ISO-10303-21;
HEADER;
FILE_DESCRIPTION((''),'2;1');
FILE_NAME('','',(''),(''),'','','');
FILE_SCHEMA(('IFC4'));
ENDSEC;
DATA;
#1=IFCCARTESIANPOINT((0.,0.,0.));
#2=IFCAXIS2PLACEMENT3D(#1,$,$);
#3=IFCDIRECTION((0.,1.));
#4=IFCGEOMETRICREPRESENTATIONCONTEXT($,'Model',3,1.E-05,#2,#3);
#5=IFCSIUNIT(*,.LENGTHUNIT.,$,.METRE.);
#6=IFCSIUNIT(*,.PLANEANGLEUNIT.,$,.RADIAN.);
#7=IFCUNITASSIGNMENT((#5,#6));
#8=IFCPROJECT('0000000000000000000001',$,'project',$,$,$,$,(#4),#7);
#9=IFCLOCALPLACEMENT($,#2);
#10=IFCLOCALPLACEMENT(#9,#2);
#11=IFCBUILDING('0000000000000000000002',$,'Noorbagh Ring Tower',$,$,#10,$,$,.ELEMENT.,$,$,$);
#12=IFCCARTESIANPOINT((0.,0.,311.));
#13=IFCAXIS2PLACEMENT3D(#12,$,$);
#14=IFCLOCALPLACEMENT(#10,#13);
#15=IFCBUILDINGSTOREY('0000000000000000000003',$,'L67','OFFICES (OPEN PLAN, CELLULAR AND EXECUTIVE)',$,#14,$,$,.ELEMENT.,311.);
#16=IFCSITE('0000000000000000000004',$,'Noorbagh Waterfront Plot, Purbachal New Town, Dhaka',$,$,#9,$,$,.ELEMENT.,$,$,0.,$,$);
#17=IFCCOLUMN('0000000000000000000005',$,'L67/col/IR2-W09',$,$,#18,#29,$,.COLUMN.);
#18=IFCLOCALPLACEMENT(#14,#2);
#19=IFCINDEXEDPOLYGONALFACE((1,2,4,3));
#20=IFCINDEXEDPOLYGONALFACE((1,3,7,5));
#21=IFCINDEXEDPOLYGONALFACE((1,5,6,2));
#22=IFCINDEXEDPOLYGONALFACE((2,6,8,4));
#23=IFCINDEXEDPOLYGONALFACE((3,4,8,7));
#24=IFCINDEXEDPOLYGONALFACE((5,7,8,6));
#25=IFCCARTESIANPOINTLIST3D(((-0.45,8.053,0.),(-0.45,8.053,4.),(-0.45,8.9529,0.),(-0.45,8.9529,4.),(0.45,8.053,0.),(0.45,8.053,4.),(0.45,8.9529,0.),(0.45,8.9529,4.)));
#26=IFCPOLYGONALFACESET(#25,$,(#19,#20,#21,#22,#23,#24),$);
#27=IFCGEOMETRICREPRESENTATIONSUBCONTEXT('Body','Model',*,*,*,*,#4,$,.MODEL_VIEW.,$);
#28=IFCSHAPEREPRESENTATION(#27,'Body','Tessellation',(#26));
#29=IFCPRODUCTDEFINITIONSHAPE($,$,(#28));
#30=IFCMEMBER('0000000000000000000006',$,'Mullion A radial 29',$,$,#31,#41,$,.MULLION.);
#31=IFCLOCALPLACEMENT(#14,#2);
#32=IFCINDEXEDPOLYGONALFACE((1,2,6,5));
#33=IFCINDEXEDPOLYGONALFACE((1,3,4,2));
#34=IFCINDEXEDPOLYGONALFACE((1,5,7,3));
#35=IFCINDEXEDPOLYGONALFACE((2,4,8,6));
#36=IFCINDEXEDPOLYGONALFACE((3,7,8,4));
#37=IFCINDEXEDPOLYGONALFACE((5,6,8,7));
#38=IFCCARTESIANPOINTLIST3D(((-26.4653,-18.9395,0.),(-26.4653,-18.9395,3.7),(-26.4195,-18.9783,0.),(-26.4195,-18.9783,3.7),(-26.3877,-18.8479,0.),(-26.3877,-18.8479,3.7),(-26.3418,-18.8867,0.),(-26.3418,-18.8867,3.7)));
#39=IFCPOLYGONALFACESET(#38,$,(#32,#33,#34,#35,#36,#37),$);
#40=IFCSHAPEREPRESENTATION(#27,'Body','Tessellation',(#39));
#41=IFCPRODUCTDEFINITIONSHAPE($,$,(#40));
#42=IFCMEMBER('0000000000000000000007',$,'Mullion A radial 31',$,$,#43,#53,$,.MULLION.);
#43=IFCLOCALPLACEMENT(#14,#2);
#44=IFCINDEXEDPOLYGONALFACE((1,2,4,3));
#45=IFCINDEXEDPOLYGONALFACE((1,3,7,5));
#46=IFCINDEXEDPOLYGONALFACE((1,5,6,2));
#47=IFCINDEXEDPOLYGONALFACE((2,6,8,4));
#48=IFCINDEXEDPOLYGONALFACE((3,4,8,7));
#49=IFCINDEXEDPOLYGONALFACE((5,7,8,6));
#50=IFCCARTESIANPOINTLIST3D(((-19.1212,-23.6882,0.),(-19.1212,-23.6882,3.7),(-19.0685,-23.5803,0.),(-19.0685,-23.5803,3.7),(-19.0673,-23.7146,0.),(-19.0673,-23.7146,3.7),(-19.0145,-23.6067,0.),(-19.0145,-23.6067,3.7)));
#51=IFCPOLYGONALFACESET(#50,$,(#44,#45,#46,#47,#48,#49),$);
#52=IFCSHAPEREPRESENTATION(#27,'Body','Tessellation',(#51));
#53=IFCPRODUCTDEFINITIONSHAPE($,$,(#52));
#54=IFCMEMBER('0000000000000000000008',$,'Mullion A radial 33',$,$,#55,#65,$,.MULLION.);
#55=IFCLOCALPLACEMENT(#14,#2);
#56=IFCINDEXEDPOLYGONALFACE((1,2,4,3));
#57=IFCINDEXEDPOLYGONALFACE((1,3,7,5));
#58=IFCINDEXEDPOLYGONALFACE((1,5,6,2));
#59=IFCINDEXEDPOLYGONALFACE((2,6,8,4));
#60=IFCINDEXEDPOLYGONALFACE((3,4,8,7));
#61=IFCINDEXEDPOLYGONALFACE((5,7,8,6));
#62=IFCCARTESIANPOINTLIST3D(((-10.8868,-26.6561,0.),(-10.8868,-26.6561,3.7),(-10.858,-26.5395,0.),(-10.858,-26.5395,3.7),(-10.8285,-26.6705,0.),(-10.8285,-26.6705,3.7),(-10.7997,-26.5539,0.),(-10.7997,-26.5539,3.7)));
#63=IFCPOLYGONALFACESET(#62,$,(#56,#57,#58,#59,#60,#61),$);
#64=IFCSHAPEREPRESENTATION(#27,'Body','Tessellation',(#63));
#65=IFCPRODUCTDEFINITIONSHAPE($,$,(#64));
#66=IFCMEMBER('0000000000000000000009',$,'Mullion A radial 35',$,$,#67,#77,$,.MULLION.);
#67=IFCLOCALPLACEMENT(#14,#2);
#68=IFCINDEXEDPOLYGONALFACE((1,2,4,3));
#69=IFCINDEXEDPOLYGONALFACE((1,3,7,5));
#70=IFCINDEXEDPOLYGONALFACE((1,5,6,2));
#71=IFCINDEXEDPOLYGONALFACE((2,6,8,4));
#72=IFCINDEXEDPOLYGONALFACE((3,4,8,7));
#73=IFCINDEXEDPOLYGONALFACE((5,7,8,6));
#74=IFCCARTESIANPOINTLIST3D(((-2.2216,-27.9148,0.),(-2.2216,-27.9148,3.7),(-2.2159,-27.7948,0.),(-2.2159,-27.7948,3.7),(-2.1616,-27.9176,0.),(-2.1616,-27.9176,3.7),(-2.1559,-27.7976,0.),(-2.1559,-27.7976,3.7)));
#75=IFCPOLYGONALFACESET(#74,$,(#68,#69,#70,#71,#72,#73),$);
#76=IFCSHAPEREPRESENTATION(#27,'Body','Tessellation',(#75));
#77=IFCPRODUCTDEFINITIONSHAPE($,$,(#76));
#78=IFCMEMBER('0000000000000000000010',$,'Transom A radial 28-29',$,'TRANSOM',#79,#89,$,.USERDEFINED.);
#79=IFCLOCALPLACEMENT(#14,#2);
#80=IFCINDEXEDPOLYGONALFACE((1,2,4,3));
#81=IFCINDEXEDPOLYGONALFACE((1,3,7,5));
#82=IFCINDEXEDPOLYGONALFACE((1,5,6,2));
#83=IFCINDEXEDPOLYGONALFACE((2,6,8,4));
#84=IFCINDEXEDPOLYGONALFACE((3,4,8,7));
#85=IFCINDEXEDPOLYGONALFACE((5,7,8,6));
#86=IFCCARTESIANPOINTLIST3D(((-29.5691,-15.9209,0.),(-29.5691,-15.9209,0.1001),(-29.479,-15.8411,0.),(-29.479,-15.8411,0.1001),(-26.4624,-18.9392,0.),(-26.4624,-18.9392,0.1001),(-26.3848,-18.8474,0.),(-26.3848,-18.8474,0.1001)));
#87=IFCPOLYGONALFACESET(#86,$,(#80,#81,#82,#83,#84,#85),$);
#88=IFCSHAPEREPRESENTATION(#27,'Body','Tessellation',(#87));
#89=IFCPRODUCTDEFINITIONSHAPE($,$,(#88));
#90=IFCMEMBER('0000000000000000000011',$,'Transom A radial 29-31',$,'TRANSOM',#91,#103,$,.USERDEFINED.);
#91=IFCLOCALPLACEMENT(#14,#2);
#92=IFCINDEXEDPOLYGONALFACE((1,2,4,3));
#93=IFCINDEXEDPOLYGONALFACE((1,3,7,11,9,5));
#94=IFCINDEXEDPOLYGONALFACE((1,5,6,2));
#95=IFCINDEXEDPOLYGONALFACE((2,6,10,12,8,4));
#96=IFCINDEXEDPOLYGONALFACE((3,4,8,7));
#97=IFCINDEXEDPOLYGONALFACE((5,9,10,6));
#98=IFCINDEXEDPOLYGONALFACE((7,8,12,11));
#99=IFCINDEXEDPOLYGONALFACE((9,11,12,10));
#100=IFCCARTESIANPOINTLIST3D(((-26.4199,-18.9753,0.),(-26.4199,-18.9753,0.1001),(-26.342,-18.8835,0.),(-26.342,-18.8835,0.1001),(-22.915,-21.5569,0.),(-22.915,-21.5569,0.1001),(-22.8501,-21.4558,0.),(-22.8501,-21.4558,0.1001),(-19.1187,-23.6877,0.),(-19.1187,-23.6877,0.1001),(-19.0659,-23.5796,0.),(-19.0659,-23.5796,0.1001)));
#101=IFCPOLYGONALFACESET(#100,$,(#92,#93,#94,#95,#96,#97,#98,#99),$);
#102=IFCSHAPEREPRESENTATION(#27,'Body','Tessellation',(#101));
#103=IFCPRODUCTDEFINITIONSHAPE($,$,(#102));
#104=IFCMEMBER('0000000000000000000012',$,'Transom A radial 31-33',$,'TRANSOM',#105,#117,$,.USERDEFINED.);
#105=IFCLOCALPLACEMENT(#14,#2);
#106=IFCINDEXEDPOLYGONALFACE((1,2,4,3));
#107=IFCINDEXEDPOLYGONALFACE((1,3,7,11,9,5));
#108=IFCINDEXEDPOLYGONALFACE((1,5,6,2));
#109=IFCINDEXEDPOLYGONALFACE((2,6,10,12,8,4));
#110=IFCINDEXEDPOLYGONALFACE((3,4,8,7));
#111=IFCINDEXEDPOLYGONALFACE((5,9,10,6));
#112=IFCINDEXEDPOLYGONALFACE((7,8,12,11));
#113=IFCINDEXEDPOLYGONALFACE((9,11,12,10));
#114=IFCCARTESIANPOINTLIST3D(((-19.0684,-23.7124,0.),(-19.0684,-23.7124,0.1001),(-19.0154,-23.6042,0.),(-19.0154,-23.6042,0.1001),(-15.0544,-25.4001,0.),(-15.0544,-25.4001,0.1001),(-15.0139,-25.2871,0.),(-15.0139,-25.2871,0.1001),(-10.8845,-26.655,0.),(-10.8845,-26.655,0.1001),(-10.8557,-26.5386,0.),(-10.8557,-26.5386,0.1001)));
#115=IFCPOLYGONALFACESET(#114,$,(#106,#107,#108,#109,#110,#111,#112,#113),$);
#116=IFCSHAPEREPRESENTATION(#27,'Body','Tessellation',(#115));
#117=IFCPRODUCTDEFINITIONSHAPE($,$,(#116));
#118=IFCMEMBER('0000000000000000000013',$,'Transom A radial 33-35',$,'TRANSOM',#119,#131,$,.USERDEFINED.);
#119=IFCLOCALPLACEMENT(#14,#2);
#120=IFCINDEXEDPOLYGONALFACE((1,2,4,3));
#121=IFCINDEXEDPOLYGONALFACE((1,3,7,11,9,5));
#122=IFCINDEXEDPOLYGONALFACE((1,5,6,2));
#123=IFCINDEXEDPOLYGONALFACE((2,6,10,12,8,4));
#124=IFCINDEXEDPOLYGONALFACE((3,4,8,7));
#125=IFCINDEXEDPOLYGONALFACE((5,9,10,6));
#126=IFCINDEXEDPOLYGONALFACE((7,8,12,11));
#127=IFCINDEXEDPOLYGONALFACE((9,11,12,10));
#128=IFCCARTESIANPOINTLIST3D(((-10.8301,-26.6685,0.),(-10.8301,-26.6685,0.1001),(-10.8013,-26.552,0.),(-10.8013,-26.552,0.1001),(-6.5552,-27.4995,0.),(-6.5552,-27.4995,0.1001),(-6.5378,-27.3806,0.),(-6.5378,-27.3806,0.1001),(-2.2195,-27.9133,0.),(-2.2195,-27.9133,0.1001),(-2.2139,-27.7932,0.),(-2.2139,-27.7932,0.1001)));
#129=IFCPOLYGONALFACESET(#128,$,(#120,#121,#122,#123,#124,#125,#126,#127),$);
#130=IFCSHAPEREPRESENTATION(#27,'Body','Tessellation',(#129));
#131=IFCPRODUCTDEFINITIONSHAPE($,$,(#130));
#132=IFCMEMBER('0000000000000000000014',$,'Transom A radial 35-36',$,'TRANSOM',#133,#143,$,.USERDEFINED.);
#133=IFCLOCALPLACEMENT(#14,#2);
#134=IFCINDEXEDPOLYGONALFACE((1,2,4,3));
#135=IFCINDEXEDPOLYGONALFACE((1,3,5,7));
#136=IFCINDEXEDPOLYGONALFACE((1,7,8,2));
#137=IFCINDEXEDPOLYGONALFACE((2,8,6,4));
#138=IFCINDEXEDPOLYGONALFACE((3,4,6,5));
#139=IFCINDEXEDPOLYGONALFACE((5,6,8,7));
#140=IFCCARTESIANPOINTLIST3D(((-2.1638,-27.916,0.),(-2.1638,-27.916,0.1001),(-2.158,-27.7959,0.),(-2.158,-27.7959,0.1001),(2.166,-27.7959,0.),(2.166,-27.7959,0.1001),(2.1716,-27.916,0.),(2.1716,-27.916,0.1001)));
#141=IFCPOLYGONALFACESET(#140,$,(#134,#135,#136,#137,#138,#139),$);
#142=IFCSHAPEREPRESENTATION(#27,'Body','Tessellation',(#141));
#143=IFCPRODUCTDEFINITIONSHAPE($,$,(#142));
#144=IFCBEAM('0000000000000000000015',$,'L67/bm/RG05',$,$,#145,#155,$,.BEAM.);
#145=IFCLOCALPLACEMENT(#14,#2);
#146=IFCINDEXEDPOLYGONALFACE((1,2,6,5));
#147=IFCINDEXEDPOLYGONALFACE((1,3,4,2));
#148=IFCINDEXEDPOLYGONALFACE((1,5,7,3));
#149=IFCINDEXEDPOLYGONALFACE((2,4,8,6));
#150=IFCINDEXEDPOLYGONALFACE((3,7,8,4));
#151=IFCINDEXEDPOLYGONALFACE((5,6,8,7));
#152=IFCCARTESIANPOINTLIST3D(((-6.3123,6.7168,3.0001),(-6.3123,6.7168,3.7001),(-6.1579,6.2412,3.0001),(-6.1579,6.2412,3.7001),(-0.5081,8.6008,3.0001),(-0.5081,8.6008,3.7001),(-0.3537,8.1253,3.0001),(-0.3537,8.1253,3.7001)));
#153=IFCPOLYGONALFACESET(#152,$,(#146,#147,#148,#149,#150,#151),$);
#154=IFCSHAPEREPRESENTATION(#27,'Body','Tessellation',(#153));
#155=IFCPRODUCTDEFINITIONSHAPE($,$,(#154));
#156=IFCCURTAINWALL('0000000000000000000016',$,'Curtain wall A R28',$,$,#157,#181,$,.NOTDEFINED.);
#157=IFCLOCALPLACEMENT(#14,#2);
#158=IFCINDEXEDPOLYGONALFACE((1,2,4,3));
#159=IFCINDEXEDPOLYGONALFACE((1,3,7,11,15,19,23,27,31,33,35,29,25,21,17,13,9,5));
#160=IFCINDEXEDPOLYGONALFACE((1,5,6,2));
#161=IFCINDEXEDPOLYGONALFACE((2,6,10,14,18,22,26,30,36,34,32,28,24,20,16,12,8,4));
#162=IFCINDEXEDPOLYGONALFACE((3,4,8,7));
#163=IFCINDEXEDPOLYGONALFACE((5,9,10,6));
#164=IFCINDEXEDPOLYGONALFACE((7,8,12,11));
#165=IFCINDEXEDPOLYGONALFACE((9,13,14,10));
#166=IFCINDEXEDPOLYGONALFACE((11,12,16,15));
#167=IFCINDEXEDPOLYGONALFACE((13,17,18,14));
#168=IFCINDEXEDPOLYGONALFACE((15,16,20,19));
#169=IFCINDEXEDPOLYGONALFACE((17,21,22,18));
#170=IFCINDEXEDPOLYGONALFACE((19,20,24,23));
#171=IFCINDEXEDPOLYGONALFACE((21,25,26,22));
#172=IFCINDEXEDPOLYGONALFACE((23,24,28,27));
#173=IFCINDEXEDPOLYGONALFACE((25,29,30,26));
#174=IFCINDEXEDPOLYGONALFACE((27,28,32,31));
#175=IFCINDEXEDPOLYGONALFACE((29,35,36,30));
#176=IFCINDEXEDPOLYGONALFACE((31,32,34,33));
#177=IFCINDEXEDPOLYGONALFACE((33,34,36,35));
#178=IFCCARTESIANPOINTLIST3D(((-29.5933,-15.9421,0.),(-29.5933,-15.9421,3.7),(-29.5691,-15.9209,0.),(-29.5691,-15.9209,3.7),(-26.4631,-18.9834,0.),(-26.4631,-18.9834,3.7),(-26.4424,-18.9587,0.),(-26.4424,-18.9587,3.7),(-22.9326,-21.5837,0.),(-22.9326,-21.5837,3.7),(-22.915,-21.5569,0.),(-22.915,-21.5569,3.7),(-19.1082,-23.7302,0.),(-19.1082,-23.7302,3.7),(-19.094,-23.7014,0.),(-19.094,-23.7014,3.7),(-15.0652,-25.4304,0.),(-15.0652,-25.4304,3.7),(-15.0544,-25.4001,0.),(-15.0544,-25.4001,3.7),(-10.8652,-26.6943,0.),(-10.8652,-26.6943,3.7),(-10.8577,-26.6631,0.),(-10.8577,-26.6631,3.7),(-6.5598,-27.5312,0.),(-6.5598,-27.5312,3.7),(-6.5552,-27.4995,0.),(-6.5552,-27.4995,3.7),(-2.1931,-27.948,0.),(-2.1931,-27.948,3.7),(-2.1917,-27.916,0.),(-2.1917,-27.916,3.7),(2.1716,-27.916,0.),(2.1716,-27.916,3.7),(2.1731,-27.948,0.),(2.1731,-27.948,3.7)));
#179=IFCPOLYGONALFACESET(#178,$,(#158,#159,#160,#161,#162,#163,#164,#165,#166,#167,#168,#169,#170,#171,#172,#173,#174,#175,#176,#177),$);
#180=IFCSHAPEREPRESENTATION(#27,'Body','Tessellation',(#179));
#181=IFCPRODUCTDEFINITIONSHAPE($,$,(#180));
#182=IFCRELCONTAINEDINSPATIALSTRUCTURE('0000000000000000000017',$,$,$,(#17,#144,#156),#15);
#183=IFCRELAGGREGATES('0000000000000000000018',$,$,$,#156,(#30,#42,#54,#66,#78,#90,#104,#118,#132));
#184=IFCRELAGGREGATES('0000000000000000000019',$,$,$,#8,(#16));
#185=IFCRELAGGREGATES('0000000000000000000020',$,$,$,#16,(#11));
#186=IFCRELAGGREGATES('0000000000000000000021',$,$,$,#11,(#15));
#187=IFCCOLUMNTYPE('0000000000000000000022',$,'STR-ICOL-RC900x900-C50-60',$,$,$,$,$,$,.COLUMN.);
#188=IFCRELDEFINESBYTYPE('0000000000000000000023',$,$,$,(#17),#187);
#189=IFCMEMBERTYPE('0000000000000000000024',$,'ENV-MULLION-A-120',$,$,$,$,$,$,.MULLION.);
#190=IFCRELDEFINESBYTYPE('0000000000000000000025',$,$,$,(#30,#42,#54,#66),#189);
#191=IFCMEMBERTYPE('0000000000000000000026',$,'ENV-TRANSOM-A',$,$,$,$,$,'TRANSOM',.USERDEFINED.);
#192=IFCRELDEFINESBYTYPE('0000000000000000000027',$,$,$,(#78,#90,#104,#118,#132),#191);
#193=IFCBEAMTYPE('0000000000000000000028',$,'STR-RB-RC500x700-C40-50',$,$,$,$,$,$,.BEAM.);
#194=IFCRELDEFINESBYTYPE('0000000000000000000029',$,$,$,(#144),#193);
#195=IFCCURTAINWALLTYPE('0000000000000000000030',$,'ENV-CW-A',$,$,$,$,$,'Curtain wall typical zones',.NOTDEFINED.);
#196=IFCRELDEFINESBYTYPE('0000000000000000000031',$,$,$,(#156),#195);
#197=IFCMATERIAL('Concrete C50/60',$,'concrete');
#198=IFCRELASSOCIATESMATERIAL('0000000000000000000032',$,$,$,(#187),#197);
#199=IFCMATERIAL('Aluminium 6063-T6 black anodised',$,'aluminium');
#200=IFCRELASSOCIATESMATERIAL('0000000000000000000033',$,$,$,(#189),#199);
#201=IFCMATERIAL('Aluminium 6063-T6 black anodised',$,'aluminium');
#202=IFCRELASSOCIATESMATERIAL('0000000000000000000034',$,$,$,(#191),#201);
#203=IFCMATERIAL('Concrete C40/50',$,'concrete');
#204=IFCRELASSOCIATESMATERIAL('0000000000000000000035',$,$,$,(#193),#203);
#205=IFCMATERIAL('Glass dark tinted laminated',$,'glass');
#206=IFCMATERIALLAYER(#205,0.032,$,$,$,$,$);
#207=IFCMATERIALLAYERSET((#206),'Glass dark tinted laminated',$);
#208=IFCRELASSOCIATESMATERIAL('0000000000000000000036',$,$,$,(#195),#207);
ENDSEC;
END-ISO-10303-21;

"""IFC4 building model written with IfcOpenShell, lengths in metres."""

from ifc_helpers import new_model, si_unit, direction, frame, origin, origin_2d, place, context, subcontext, project, spatial, polyline, rectangle, outline, extrude, material, layer, layer_set, material_profile, profile_set, type_object, element, aggregate, save


model = new_model("IFC4")

# Units and contexts
model_context = context("Model", 3, precision=1e-05, world=origin(), true_north=direction((0.0, 1.0)))
body_context = subcontext(model_context, "Body", "Model", "MODEL_VIEW")
ifc_project = project(units=[si_unit("LENGTHUNIT", "METRE"), si_unit("PLANEANGLEUNIT", "RADIAN")], contexts=[model_context])

# Site, building, storey
site_placement = place(None, origin())
site = spatial("IfcSite", under=ifc_project, at=site_placement, Name="Noorbagh Waterfront Plot, Purbachal New Town, Dhaka", CompositionType="ELEMENT", RefElevation=0.0)
building_placement = place(site_placement, origin())
building = spatial("IfcBuilding", under=site, at=building_placement, Name="Noorbagh Ring Tower", CompositionType="ELEMENT")
storey_placement = place(building_placement, frame((0.0, 0.0, 311.0)))
storey = spatial("IfcBuildingStorey", under=building, at=storey_placement, Name="L67", Description="OFFICES (OPEN PLAN, CELLULAR AND EXECUTIVE)", CompositionType="ELEMENT", Elevation=311.0)

# Column
ifc_material_1 = material(Name="Concrete C50/60", Category="concrete")
ifc_material_profile_1 = material_profile(ifc_material_1, rectangle(XDim=0.8999, YDim=0.8999, at=origin_2d()), Name="RC900x900")
ifc_profile_set_1 = profile_set([ifc_material_profile_1], Name="Concrete C50/60")
column_type = type_object("IfcColumnType", Name="STR-ICOL-RC900x900-C50-60", PredefinedType="COLUMN", material=ifc_profile_set_1)
column_placement = place(storey_placement, frame((0.0, 8.5029, 0.0), z_axis=(0.0, 0.0, 1.0), x_axis=(-1.0, 0.0, 0.0)))
element("IfcColumn", 1, at=column_placement, inside=storey, type_object=column_type, Name="L67/col/IR2-W09", PredefinedType="COLUMN", context=body_context, shape_type="SweptSolid", body=[
    extrude(rectangle(XDim=0.8999, YDim=0.8999, at=origin_2d()), origin(), (0.0, 0.0, 1.0), 4.0),
])

# Members
ifc_material_2 = material(Name="Aluminium 6063-T6 black anodised", Category="aluminium")
ifc_material_profile_2 = material_profile(ifc_material_2, rectangle(XDim=0.1201, YDim=0.0601, at=origin_2d()), Name="120x60")
ifc_profile_set_2 = profile_set([ifc_material_profile_2], Name="Aluminium 6063-T6 black anodised")
member_type_1 = type_object("IfcMemberType", Name="ENV-MULLION-A-120", PredefinedType="MULLION", material=ifc_profile_set_2)
member_1_placement = place(storey_placement, frame((-26.4036, -18.9131, 0.0), z_axis=(0.0, 0.0, 1.0), x_axis=(0.646451, 0.762955, 0.0)))
member_1 = element("IfcMember", 2, at=member_1_placement, type_object=member_type_1, Name="Mullion A radial 29", PredefinedType="MULLION", context=body_context, shape_type="SweptSolid", body=[
    extrude(rectangle(XDim=0.1201, YDim=0.0601, at=origin_2d()), origin(), (0.0, 0.0, 1.0), 3.7),
])
member_2_placement = place(storey_placement, frame((-19.0679, -23.6475, 0.0), z_axis=(0.0, 0.0, 1.0), x_axis=(0.439238, 0.898371, 0.0)))
member_2 = element("IfcMember", 3, at=member_2_placement, type_object=member_type_1, Name="Mullion A radial 31", PredefinedType="MULLION", context=body_context, shape_type="SweptSolid", body=[
    extrude(rectangle(XDim=0.1201, YDim=0.0601, at=origin_2d()), origin(), (0.0, 0.0, 1.0), 3.7),
])
member_3_placement = place(storey_placement, frame((-10.8433, -26.605, 0.0), z_axis=(0.0, 0.0, 1.0), x_axis=(0.239799, 0.970823, 0.0)))
member_3 = element("IfcMember", 4, at=member_3_placement, type_object=member_type_1, Name="Mullion A radial 33", PredefinedType="MULLION", context=body_context, shape_type="SweptSolid", body=[
    extrude(rectangle(XDim=0.1201, YDim=0.0601, at=origin_2d()), origin(), (0.0, 0.0, 1.0), 3.7),
])
member_4_placement = place(storey_placement, frame((-2.1887, -27.8562, 0.0), z_axis=(0.0, 0.0, 1.0), x_axis=(0.047558, 0.998868, 0.0)))
member_4 = element("IfcMember", 5, at=member_4_placement, type_object=member_type_1, Name="Mullion A radial 35", PredefinedType="MULLION", context=body_context, shape_type="SweptSolid", body=[
    extrude(rectangle(XDim=0.1201, YDim=0.0601, at=origin_2d()), origin(), (0.0, 0.0, 1.0), 3.7),
])
ifc_material_3 = material(Name="Aluminium 6063-T6 black anodised", Category="aluminium")
member_type_2 = type_object("IfcMemberType", Name="ENV-TRANSOM-A", ElementType="TRANSOM", PredefinedType="USERDEFINED", material=ifc_material_3)
member_5_placement = place(storey_placement, origin())
member_5 = element("IfcMember", 6, at=member_5_placement, type_object=member_type_2, Name="Transom A radial 28-29", ObjectType="TRANSOM", PredefinedType="USERDEFINED", context=body_context, shape_type="SweptSolid", body=[
    extrude(outline(polyline([(-29.5691, -15.9209), (-26.4624, -18.9392), (-26.3848, -18.8474), (-29.479, -15.8411), (-29.5691, -15.9209)])), origin(), (0.0, 0.0, 1.0), 0.1001),
])
member_6_placement = place(storey_placement, origin())
member_6 = element("IfcMember", 7, at=member_6_placement, type_object=member_type_2, Name="Transom A radial 29-31", ObjectType="TRANSOM", PredefinedType="USERDEFINED", context=body_context, shape_type="SweptSolid", body=[
    extrude(outline(polyline([(-26.4199, -18.9753), (-22.915, -21.5569), (-19.1187, -23.6877), (-19.0659, -23.5796), (-22.8501, -21.4558), (-26.342, -18.8835), (-26.4199, -18.9753)])), origin(), (0.0, 0.0, 1.0), 0.1001),
])
member_7_placement = place(storey_placement, origin())
member_7 = element("IfcMember", 8, at=member_7_placement, type_object=member_type_2, Name="Transom A radial 31-33", ObjectType="TRANSOM", PredefinedType="USERDEFINED", context=body_context, shape_type="SweptSolid", body=[
    extrude(outline(polyline([(-19.0684, -23.7124), (-15.0544, -25.4001), (-10.8845, -26.655), (-10.8557, -26.5386), (-15.0139, -25.2871), (-19.0154, -23.6042), (-19.0684, -23.7124)])), origin(), (0.0, 0.0, 1.0), 0.1001),
])
member_8_placement = place(storey_placement, origin())
member_8 = element("IfcMember", 9, at=member_8_placement, type_object=member_type_2, Name="Transom A radial 33-35", ObjectType="TRANSOM", PredefinedType="USERDEFINED", context=body_context, shape_type="SweptSolid", body=[
    extrude(outline(polyline([(-10.8301, -26.6685), (-6.5552, -27.4995), (-2.2195, -27.9133), (-2.2139, -27.7932), (-6.5378, -27.3806), (-10.8013, -26.552), (-10.8301, -26.6685)])), origin(), (0.0, 0.0, 1.0), 0.1001),
])
member_9_placement = place(storey_placement, origin())
member_9 = element("IfcMember", 10, at=member_9_placement, type_object=member_type_2, Name="Transom A radial 35-36", ObjectType="TRANSOM", PredefinedType="USERDEFINED", context=body_context, shape_type="SweptSolid", body=[
    extrude(outline(polyline([(-2.1638, -27.916), (2.1716, -27.916), (2.166, -27.7959), (-2.158, -27.7959), (-2.1638, -27.916)])), origin(), (0.0, 0.0, 1.0), 0.1001),
])

# Beam
ifc_material_4 = material(Name="Concrete C40/50", Category="concrete")
ifc_material_profile_3 = material_profile(ifc_material_4, rectangle(XDim=0.5, YDim=0.7, at=origin_2d()), Name="RC500x700")
ifc_profile_set_3 = profile_set([ifc_material_profile_3], Name="Concrete C40/50")
beam_type = type_object("IfcBeamType", Name="STR-RB-RC500x700-C40-50", PredefinedType="BEAM", material=ifc_profile_set_3)
beam_placement = place(storey_placement, frame((-0.4309, 8.363, 3.3501), z_axis=(-0.951146, -0.30874, 0.0), x_axis=(0.30874, -0.951146, 0.0)))
element("IfcBeam", 11, at=beam_placement, inside=storey, type_object=beam_type, Name="L67/bm/RG05", PredefinedType="BEAM", context=body_context, shape_type="SweptSolid", body=[
    extrude(rectangle(XDim=0.5, YDim=0.7, at=origin_2d()), origin(), (0.0, 0.0, 1.0), 6.1023),
])

# Curtain wall
ifc_material_5 = material(Name="Glass dark tinted laminated", Category="glass")
ifc_layer_1 = layer(ifc_material_5, 0.032)
ifc_layer_set_1 = layer_set([ifc_layer_1], Name="Glass dark tinted laminated")
curtain_wall_type = type_object("IfcCurtainWallType", Name="ENV-CW-A", ElementType="Curtain wall typical zones", PredefinedType="NOTDEFINED", material=ifc_layer_set_1)
curtain_wall_1_placement = place(storey_placement, origin())
curtain_wall_1 = element("IfcCurtainWall", 12, at=curtain_wall_1_placement, inside=storey, type_object=curtain_wall_type, Name="Curtain wall A R28", PredefinedType="NOTDEFINED", context=body_context, shape_type="SweptSolid", body=[
    extrude(outline(polyline([(-29.5933, -15.9421), (-26.4631, -18.9834), (-22.9326, -21.5837), (-19.1082, -23.7302), (-15.0652, -25.4304), (-10.8652, -26.6943), (-6.5598, -27.5312), (-2.1931, -27.948), (2.1731, -27.948), (2.1716, -27.916), (-2.1917, -27.916), (-6.5552, -27.4995), (-10.8577, -26.6631), (-15.0544, -25.4001), (-19.094, -23.7014), (-22.915, -21.5569), (-26.4424, -18.9587), (-29.5691, -15.9209), (-29.5933, -15.9421)])), origin(), (0.0, 0.0, 1.0), 3.7),
])
aggregate(curtain_wall_1, [member_1, member_2, member_3, member_4, member_5, member_6, member_7, member_8, member_9])

save(model, "model.ifc")
